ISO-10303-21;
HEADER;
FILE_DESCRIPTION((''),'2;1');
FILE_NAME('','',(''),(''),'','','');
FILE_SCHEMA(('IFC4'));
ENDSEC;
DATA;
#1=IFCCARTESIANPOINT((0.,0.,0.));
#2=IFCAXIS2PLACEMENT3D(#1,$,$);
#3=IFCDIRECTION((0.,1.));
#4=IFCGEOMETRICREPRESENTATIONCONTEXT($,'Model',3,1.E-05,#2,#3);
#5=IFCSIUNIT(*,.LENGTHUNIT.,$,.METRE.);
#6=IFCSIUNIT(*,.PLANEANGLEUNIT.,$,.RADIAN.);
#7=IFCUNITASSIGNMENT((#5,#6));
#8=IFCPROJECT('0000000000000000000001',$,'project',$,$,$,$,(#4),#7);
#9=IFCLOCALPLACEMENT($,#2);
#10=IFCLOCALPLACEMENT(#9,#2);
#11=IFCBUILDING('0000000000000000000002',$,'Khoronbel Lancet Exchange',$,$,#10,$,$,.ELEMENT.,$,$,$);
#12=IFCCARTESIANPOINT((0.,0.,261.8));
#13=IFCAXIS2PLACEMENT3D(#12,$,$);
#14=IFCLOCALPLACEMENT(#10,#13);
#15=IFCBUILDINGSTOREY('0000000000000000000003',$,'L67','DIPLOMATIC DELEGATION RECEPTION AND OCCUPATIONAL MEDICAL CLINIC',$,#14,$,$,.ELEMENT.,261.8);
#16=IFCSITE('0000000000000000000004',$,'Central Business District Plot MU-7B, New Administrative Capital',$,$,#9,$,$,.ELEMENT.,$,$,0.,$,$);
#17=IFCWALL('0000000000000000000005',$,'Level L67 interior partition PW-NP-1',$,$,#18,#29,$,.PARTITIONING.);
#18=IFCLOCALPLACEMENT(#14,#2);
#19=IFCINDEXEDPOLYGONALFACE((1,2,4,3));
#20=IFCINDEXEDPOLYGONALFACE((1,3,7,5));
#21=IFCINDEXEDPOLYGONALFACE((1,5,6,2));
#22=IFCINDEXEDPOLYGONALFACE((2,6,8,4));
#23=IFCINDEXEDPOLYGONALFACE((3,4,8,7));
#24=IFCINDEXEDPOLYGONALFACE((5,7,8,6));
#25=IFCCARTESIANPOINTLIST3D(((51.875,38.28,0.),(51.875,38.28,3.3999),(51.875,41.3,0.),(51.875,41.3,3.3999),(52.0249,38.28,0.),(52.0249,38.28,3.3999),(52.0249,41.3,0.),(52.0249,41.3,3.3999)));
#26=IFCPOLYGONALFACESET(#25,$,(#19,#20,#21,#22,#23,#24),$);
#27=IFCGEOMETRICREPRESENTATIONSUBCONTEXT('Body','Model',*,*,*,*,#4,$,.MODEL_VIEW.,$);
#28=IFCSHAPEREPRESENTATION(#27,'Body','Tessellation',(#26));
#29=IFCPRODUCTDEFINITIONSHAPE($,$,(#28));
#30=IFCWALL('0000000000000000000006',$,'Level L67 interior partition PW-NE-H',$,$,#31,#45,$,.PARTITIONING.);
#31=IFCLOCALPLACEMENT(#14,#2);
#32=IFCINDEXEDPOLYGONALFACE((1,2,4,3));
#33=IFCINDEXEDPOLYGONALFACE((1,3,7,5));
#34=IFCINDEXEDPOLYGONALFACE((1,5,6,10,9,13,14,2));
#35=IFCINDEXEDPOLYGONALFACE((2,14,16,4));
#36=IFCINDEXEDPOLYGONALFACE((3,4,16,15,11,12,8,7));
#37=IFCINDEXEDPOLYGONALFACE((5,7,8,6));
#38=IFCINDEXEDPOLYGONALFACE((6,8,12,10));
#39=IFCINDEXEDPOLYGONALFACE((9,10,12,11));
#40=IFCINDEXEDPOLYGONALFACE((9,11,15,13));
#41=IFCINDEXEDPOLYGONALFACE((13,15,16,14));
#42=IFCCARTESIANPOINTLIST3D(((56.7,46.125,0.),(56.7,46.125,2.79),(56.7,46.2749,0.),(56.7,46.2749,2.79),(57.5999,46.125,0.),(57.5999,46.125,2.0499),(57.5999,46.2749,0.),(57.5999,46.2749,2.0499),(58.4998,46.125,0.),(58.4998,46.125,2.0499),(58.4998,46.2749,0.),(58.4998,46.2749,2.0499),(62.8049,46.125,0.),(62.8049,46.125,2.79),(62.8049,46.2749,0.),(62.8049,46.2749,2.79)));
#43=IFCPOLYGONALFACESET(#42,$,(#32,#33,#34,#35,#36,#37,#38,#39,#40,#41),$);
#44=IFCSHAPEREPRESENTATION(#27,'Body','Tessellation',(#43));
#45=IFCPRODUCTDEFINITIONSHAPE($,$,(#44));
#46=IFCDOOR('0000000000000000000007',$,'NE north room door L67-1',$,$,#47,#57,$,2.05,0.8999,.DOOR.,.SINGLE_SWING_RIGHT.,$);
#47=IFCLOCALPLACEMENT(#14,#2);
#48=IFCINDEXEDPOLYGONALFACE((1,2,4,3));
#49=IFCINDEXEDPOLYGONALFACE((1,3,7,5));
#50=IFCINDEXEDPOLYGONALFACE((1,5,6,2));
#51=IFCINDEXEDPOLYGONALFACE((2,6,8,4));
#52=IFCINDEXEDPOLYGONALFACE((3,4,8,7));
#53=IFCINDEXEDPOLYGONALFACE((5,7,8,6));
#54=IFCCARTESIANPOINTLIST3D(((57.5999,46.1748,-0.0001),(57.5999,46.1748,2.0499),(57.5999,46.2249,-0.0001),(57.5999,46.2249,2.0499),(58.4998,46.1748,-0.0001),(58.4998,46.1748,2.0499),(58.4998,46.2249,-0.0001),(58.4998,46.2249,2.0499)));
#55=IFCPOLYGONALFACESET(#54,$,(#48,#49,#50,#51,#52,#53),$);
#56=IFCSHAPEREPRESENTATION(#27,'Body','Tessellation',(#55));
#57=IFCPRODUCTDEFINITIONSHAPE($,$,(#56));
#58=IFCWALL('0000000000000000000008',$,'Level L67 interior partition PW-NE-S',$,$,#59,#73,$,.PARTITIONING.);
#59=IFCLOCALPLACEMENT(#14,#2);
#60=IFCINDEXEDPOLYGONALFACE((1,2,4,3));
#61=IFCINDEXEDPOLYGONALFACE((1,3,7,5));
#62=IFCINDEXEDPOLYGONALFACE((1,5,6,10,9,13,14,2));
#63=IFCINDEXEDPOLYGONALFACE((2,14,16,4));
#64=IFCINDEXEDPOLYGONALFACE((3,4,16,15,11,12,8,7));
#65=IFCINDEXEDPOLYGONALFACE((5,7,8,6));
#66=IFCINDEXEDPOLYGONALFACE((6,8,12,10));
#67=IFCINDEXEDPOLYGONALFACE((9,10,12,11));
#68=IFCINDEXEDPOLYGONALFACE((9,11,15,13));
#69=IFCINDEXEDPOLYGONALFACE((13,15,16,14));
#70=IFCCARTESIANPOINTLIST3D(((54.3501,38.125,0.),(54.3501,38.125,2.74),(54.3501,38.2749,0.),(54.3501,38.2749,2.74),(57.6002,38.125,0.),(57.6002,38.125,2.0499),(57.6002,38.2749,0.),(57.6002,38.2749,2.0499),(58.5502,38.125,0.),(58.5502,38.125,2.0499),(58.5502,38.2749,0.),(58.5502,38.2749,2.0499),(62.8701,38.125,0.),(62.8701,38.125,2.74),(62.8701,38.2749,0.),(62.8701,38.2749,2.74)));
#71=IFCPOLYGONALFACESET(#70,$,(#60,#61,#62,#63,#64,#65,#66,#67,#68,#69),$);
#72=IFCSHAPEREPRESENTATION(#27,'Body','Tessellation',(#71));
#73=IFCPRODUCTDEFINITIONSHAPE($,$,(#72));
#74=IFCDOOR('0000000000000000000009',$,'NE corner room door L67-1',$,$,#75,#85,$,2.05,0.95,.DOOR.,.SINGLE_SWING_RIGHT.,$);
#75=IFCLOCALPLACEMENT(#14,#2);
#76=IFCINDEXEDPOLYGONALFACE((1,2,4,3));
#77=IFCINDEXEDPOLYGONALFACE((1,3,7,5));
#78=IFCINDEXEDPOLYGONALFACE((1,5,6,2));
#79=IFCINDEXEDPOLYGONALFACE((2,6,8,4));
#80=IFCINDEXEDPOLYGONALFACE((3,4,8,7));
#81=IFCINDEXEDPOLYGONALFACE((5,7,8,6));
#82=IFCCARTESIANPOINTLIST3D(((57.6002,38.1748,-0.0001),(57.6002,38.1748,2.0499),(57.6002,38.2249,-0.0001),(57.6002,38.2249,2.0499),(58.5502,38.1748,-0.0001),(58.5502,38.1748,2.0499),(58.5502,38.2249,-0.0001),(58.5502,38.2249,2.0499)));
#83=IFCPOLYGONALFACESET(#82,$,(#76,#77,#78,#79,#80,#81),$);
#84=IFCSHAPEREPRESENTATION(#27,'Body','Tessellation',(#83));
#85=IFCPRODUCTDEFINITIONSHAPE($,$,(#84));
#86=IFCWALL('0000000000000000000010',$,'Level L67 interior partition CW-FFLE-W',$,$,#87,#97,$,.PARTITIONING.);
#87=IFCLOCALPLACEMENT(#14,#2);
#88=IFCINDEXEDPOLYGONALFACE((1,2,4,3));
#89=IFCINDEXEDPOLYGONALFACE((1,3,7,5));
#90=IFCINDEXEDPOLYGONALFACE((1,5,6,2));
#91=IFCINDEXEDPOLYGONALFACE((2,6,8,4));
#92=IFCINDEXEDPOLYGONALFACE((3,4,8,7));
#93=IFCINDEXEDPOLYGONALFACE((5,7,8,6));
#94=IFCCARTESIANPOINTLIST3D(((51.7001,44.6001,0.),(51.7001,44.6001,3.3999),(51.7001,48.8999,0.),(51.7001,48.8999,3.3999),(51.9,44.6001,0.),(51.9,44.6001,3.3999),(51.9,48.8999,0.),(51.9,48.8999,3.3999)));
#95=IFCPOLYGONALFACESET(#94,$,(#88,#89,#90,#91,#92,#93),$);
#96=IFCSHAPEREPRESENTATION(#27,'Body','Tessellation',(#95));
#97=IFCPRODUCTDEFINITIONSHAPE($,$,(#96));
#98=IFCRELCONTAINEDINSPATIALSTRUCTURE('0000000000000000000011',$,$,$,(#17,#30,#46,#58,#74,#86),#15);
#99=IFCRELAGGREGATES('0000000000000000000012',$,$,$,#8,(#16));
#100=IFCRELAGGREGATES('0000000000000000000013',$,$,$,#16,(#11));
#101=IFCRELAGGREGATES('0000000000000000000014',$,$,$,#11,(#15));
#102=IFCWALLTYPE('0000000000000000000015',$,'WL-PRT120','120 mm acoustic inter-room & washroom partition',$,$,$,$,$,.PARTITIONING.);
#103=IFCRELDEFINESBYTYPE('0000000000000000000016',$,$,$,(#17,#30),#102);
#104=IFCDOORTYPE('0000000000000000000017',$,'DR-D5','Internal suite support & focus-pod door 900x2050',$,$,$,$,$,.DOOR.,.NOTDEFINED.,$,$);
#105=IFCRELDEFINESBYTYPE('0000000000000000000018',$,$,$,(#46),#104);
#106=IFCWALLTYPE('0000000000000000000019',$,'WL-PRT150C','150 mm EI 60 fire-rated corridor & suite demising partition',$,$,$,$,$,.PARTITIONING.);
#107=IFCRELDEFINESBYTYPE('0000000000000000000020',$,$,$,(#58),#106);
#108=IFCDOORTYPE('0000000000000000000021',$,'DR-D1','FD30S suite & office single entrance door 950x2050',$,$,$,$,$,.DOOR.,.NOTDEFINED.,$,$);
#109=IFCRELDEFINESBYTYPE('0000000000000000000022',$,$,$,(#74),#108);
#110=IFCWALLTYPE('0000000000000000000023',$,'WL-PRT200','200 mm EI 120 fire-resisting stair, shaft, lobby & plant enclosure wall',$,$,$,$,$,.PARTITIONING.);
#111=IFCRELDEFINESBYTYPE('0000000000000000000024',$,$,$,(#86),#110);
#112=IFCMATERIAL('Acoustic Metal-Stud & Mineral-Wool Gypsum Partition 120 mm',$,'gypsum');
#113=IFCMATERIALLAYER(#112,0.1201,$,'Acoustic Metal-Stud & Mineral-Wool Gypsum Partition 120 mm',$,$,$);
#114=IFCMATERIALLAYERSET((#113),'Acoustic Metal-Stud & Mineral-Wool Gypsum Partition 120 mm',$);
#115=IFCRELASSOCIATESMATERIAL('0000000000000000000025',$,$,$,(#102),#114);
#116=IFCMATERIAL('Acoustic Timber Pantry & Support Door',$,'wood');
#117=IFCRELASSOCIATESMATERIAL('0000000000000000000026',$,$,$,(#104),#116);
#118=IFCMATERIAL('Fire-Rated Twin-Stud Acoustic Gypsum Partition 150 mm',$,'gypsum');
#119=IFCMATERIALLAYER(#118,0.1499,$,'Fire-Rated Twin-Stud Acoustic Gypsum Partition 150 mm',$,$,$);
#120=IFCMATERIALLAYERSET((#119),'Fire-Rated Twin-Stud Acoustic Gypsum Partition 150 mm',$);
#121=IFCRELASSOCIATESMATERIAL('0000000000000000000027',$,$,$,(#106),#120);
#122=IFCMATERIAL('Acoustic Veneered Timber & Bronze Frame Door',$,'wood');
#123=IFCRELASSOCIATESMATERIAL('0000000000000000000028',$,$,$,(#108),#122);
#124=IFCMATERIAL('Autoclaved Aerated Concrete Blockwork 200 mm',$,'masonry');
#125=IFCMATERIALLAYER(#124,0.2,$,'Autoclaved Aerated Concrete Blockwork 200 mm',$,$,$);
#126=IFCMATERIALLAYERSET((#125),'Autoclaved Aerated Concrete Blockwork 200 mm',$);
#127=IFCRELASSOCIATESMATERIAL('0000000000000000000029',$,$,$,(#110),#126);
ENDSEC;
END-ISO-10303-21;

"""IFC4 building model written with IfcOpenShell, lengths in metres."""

from ifc_helpers import new_model, si_unit, direction, frame, frame_2d, origin, place, context, subcontext, project, spatial, rectangle, extrude, material, layer, layer_set, type_object, element, fill, save


model = new_model("IFC4")

# Units and contexts
model_context = context("Model", 3, precision=1e-05, world=origin(), true_north=direction((0.0, 1.0)))
body_context = subcontext(model_context, "Body", "Model", "MODEL_VIEW")
ifc_project = project(units=[si_unit("LENGTHUNIT", "METRE"), si_unit("PLANEANGLEUNIT", "RADIAN")], contexts=[model_context])

# Site, building, storey
site_placement = place(None, origin())
site = spatial("IfcSite", under=ifc_project, at=site_placement, Name="Central Business District Plot MU-7B, New Administrative Capital", CompositionType="ELEMENT", RefElevation=0.0)
building_placement = place(site_placement, origin())
building = spatial("IfcBuilding", under=site, at=building_placement, Name="Khoronbel Lancet Exchange", CompositionType="ELEMENT")
storey_placement = place(building_placement, frame((0.0, 0.0, 261.8)))
storey = spatial("IfcBuildingStorey", under=building, at=storey_placement, Name="L67", Description="DIPLOMATIC DELEGATION RECEPTION AND OCCUPATIONAL MEDICAL CLINIC", CompositionType="ELEMENT", Elevation=261.8)

# Wall
ifc_material_1 = material(Name="Acoustic Metal-Stud & Mineral-Wool Gypsum Partition 120 mm", Category="gypsum")
ifc_layer_1 = layer(ifc_material_1, 0.1201, Name="Acoustic Metal-Stud & Mineral-Wool Gypsum Partition 120 mm")
ifc_layer_set_1 = layer_set([ifc_layer_1], Name="Acoustic Metal-Stud & Mineral-Wool Gypsum Partition 120 mm")
wall_type_1 = type_object("IfcWallType", Name="WL-PRT120", Description="120 mm acoustic inter-room & washroom partition", PredefinedType="PARTITIONING", material=ifc_layer_set_1)
wall_1_placement = place(storey_placement, frame((51.95, 38.28, 0.0), z_axis=(0.0, 0.0, 1.0), x_axis=(0.0, 1.0, 0.0)))
element("IfcWall", 1, at=wall_1_placement, inside=storey, type_object=wall_type_1, Name="Level L67 interior partition PW-NP-1", PredefinedType="PARTITIONING", context=body_context, shape_type="SweptSolid", body=[
    extrude(rectangle(XDim=3.02, YDim=0.1499, at=frame_2d((1.51, 0.0))), origin(), (0.0, 0.0, 1.0), 3.3999),
])

# Walls, openings, doors
wall_2_placement = place(storey_placement, frame((56.7, 46.2, 0.0), z_axis=(0.0, 0.0, 1.0), x_axis=(1.0, 0.0, 0.0)))
wall_2 = element("IfcWall", 2, at=wall_2_placement, inside=storey, type_object=wall_type_1, Name="Level L67 interior partition PW-NE-H", PredefinedType="PARTITIONING", context=body_context, shape_type="SweptSolid", body=[
    extrude(rectangle(XDim=6.105, YDim=0.1499, at=frame_2d((3.0525, 0.0))), origin(), (0.0, 0.0, 1.0), 2.79),
])
opening_1_placement = place(wall_2_placement, frame((0.8999, 0.0, 0.0)))
opening_1 = element("IfcOpeningElement", 3, at=opening_1_placement, cuts=wall_2, PredefinedType="OPENING", context=body_context, shape_type="SweptSolid", body=[
    extrude(rectangle(XDim=0.8999, YDim=2.05, at=frame_2d((0.45, 1.0249))), frame((0.0, 0.085, 0.0), z_axis=(0.0, -1.0, 0.0), x_axis=(1.0, 0.0, 0.0)), (0.0, 0.0, 1.0), 0.1699),
])
ifc_material_2 = material(Name="Acoustic Timber Pantry & Support Door", Category="wood")
door_type_1 = type_object("IfcDoorType", Name="DR-D5", Description="Internal suite support & focus-pod door 900x2050", OperationType="NOTDEFINED", PredefinedType="DOOR", material=ifc_material_2)
door_1_placement = place(opening_1_placement, origin())
door_1 = element("IfcDoor", 4, at=door_1_placement, inside=storey, type_object=door_type_1, Name="NE north room door L67-1", OperationType="SINGLE_SWING_RIGHT", OverallHeight=2.05, OverallWidth=0.8999, PredefinedType="DOOR", context=body_context, shape_type="SweptSolid", body=[
    extrude(rectangle(XDim=0.8999, YDim=2.05, at=frame_2d((0.45, 1.0249))), frame((0.0, 0.0249, 0.0), z_axis=(0.0, -1.0, 0.0), x_axis=(1.0, 0.0, 0.0)), (0.0, 0.0, 1.0), 0.05),
])
fill(opening_1, door_1)
ifc_material_3 = material(Name="Fire-Rated Twin-Stud Acoustic Gypsum Partition 150 mm", Category="gypsum")
ifc_layer_2 = layer(ifc_material_3, 0.1499, Name="Fire-Rated Twin-Stud Acoustic Gypsum Partition 150 mm")
ifc_layer_set_2 = layer_set([ifc_layer_2], Name="Fire-Rated Twin-Stud Acoustic Gypsum Partition 150 mm")
wall_type_2 = type_object("IfcWallType", Name="WL-PRT150C", Description="150 mm EI 60 fire-rated corridor & suite demising partition", PredefinedType="PARTITIONING", material=ifc_layer_set_2)
wall_3_placement = place(storey_placement, frame((54.3501, 38.2, 0.0), z_axis=(0.0, 0.0, 1.0), x_axis=(1.0, 0.0, 0.0)))
wall_3 = element("IfcWall", 5, at=wall_3_placement, inside=storey, type_object=wall_type_2, Name="Level L67 interior partition PW-NE-S", PredefinedType="PARTITIONING", context=body_context, shape_type="SweptSolid", body=[
    extrude(rectangle(XDim=8.52, YDim=0.1499, at=frame_2d((4.26, 0.0))), origin(), (0.0, 0.0, 1.0), 2.74),
])
opening_2_placement = place(wall_3_placement, frame((3.25, 0.0, 0.0)))
opening_2 = element("IfcOpeningElement", 6, at=opening_2_placement, cuts=wall_3, PredefinedType="OPENING", context=body_context, shape_type="SweptSolid", body=[
    extrude(rectangle(XDim=0.95, YDim=2.05, at=frame_2d((0.4751, 1.0249))), frame((0.0, 0.085, 0.0), z_axis=(0.0, -1.0, 0.0), x_axis=(1.0, 0.0, 0.0)), (0.0, 0.0, 1.0), 0.1699),
])
ifc_material_4 = material(Name="Acoustic Veneered Timber & Bronze Frame Door", Category="wood")
door_type_2 = type_object("IfcDoorType", Name="DR-D1", Description="FD30S suite & office single entrance door 950x2050", OperationType="NOTDEFINED", PredefinedType="DOOR", material=ifc_material_4)
door_2_placement = place(opening_2_placement, origin())
door_2 = element("IfcDoor", 7, at=door_2_placement, inside=storey, type_object=door_type_2, Name="NE corner room door L67-1", OperationType="SINGLE_SWING_RIGHT", OverallHeight=2.05, OverallWidth=0.95, PredefinedType="DOOR", context=body_context, shape_type="SweptSolid", body=[
    extrude(rectangle(XDim=0.95, YDim=2.05, at=frame_2d((0.4751, 1.0249))), frame((0.0, 0.0249, 0.0), z_axis=(0.0, -1.0, 0.0), x_axis=(1.0, 0.0, 0.0)), (0.0, 0.0, 1.0), 0.05),
])
fill(opening_2, door_2)

# Wall
ifc_material_5 = material(Name="Autoclaved Aerated Concrete Blockwork 200 mm", Category="masonry")
ifc_layer_3 = layer(ifc_material_5, 0.2, Name="Autoclaved Aerated Concrete Blockwork 200 mm")
ifc_layer_set_3 = layer_set([ifc_layer_3], Name="Autoclaved Aerated Concrete Blockwork 200 mm")
wall_type_3 = type_object("IfcWallType", Name="WL-PRT200", Description="200 mm EI 120 fire-resisting stair, shaft, lobby & plant enclosure wall", PredefinedType="PARTITIONING", material=ifc_layer_set_3)
wall_4_placement = place(storey_placement, frame((51.8, 44.6001, 0.0), z_axis=(0.0, 0.0, 1.0), x_axis=(0.0, 1.0, 0.0)))
element("IfcWall", 8, at=wall_4_placement, inside=storey, type_object=wall_type_3, Name="Level L67 interior partition CW-FFLE-W", PredefinedType="PARTITIONING", context=body_context, shape_type="SweptSolid", body=[
    extrude(rectangle(XDim=4.2998, YDim=0.2, at=frame_2d((2.1499, 0.0))), origin(), (0.0, 0.0, 1.0), 3.3999),
])

save(model, "model.ifc")
